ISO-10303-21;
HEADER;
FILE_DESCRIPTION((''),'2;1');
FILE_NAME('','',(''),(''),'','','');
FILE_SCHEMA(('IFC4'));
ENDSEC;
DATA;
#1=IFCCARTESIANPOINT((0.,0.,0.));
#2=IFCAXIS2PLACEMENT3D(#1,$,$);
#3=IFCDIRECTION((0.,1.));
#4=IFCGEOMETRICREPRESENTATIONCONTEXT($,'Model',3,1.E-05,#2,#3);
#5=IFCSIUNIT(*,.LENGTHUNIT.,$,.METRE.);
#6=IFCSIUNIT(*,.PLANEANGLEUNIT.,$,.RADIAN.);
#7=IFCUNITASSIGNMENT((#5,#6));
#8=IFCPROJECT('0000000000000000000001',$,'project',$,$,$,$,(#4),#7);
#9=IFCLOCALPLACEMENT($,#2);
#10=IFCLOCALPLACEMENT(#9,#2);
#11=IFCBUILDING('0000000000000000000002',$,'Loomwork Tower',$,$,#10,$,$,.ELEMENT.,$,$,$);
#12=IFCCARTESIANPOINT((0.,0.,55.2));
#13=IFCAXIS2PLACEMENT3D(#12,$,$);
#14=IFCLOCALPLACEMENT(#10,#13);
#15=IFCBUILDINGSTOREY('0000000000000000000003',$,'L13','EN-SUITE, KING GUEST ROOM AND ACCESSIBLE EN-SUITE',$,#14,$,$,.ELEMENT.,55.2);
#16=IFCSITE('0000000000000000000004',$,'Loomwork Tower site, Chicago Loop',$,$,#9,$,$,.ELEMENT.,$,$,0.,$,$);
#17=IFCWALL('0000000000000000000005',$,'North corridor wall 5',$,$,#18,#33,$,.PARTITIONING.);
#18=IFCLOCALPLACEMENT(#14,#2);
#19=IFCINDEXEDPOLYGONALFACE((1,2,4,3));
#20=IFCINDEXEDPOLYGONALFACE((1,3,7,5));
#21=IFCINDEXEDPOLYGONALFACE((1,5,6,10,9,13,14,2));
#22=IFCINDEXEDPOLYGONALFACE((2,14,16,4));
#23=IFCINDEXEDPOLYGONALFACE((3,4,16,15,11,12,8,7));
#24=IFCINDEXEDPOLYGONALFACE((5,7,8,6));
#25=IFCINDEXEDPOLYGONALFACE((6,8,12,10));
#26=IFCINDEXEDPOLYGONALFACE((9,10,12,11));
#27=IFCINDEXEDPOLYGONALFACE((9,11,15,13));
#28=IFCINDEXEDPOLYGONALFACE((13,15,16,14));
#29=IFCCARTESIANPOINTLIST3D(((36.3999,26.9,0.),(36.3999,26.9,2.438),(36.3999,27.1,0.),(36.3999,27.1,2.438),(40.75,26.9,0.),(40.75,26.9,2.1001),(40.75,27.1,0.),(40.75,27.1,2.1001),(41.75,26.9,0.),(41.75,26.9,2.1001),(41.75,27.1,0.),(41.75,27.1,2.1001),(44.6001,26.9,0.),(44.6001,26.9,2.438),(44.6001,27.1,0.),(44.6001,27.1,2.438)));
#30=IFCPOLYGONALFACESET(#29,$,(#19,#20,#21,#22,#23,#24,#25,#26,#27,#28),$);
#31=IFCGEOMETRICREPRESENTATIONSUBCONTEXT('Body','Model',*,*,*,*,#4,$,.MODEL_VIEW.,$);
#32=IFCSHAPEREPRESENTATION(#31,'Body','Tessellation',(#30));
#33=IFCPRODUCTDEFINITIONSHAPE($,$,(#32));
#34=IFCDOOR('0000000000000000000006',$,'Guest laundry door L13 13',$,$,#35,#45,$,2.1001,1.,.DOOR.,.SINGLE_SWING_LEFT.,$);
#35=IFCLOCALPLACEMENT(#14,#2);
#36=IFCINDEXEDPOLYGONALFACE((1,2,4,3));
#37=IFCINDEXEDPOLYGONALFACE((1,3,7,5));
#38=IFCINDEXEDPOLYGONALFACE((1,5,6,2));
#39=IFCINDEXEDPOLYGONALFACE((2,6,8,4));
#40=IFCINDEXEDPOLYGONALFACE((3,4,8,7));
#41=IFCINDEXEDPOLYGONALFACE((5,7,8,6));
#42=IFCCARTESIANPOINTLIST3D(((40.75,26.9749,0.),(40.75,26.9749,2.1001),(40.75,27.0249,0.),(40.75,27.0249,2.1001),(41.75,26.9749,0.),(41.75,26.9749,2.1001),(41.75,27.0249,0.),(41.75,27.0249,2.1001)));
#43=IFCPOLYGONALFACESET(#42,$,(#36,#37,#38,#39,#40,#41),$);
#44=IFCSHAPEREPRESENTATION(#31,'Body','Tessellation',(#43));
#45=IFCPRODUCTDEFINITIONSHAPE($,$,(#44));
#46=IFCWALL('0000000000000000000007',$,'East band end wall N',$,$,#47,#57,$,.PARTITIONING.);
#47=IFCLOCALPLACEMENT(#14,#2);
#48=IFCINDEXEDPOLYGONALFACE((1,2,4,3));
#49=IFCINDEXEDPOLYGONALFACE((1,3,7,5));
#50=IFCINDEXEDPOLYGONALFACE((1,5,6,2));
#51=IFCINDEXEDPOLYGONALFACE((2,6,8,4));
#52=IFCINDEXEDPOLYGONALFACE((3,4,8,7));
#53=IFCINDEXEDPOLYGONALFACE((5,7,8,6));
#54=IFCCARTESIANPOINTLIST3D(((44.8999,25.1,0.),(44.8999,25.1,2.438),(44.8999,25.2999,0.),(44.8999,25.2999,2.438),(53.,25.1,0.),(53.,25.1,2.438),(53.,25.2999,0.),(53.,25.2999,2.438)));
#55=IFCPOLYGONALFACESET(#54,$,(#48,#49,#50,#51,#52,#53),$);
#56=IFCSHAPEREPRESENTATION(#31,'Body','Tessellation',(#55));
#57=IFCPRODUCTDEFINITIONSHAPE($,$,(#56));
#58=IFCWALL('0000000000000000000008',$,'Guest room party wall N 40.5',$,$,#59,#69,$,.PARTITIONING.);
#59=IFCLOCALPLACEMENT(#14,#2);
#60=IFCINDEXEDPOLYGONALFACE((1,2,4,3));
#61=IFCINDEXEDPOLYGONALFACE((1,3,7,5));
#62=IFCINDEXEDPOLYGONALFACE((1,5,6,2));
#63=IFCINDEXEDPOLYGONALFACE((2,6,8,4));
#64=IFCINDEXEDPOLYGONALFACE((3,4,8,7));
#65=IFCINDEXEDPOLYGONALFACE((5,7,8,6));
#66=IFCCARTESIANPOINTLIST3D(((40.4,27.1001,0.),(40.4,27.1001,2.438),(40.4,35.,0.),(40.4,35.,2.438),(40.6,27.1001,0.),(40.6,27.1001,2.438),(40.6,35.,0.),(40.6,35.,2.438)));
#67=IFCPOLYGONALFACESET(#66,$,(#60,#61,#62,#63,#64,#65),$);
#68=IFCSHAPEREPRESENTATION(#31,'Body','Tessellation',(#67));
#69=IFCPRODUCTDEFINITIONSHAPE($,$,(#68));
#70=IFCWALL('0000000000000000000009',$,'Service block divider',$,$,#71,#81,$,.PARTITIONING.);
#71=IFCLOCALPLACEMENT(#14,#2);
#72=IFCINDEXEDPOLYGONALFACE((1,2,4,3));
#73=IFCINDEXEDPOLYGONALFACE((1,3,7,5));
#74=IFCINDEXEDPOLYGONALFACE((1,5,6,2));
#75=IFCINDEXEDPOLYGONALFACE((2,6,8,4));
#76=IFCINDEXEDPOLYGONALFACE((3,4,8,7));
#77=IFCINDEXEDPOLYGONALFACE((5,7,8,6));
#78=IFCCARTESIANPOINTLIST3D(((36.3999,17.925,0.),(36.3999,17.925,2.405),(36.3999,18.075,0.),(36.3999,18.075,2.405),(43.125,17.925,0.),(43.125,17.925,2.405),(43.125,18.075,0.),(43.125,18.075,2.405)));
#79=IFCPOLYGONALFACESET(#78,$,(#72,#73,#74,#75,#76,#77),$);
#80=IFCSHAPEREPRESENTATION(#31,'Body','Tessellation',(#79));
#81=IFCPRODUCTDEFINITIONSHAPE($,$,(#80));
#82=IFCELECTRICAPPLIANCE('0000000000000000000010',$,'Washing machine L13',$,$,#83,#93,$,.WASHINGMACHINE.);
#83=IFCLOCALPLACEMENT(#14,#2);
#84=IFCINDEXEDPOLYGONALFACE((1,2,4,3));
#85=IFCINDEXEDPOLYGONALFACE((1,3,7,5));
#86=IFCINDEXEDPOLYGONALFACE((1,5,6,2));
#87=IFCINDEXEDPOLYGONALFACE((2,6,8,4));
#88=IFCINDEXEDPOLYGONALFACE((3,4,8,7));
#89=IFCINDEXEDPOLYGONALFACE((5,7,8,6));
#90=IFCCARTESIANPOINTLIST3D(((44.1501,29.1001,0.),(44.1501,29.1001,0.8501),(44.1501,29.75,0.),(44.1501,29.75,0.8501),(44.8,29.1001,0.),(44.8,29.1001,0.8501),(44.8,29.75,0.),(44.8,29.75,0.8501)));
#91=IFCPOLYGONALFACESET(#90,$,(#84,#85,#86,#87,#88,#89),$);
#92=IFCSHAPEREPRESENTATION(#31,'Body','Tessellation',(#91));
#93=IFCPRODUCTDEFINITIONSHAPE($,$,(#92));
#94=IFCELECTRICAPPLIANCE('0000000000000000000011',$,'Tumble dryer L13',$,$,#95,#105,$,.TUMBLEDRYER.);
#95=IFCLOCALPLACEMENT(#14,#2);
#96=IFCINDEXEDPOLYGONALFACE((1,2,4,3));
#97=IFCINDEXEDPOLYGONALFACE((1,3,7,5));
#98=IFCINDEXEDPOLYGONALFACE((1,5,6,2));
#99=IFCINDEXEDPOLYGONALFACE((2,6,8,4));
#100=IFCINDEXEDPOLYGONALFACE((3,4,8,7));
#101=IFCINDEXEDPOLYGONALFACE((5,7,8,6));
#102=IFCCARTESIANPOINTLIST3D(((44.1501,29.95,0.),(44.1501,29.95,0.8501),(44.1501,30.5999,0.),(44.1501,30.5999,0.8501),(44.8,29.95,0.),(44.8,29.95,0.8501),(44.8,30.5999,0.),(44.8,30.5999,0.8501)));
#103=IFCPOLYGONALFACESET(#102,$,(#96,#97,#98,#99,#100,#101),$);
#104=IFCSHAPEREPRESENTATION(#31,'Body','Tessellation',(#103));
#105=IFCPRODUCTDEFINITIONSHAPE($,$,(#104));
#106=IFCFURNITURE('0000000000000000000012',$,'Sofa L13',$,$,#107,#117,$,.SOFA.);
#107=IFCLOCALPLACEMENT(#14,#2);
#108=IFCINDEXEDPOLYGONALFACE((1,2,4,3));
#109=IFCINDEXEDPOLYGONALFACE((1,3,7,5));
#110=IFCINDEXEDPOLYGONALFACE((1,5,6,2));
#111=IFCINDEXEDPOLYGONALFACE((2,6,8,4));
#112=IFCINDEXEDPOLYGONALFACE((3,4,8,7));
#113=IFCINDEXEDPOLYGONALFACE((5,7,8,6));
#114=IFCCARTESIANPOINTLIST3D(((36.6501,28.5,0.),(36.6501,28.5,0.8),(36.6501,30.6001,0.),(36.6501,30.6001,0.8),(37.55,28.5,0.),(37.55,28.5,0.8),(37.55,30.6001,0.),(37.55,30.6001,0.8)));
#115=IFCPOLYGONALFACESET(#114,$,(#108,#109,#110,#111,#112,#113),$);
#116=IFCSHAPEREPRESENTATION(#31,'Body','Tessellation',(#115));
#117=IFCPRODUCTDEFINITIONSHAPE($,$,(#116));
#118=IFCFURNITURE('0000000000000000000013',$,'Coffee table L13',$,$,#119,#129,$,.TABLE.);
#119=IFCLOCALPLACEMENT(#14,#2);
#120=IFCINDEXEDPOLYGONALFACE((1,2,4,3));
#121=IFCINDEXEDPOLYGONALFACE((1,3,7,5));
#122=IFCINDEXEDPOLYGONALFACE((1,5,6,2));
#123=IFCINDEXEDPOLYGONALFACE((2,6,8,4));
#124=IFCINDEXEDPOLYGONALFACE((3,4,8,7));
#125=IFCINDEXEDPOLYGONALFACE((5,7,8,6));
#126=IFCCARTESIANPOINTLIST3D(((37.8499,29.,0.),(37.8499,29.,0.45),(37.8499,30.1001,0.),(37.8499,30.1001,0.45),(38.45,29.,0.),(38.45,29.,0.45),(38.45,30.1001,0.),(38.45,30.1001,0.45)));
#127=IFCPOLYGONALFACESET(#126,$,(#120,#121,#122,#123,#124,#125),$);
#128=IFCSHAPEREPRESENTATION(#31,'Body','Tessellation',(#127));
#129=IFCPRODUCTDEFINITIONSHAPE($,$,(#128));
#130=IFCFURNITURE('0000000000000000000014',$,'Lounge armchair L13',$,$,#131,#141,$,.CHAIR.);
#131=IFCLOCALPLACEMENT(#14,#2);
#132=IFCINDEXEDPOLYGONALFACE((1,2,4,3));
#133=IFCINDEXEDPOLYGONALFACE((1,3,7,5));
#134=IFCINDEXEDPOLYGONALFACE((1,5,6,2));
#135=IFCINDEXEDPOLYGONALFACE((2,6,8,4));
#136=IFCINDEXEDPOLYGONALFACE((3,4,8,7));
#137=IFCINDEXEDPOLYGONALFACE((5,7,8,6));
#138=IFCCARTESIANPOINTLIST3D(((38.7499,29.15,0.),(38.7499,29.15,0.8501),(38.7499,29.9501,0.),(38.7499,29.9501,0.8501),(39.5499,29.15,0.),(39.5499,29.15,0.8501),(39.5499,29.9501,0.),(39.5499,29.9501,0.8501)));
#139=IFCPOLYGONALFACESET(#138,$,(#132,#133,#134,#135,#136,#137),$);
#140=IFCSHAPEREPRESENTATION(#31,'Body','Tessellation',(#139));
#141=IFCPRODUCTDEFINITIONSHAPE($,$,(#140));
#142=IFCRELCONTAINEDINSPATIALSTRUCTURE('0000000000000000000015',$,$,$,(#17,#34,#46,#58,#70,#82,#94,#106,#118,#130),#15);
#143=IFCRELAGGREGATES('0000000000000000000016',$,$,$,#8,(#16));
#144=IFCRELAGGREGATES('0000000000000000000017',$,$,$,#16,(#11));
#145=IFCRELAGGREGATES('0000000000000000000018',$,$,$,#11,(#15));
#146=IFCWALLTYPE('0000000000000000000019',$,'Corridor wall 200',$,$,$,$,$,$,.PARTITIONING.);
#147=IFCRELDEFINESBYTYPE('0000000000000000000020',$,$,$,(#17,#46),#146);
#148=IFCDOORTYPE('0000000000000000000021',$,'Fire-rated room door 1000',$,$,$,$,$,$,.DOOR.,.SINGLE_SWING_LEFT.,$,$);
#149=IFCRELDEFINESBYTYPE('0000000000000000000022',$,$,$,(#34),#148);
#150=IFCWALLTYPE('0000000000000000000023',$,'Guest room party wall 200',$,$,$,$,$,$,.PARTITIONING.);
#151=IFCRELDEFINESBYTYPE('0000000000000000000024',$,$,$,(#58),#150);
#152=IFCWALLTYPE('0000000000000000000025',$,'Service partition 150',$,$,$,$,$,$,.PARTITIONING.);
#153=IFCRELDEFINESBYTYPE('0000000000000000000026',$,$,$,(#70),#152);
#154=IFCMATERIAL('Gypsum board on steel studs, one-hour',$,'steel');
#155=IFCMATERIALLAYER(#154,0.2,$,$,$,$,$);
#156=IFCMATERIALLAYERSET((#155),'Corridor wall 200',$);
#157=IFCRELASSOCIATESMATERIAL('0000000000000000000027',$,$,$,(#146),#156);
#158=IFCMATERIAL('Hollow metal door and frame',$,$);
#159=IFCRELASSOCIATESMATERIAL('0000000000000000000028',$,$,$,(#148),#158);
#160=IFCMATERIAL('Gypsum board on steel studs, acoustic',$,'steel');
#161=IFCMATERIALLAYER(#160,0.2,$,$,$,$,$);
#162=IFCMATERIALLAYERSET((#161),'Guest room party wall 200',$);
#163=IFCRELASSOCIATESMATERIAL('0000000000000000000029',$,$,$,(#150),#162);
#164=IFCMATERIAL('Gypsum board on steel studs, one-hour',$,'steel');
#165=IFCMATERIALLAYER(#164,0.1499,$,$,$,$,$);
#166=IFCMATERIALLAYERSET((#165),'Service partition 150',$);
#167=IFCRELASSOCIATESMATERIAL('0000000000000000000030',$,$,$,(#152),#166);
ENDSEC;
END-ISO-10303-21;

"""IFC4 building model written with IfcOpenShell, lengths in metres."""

from ifc_helpers import new_model, si_unit, direction, frame, frame_2d, origin, origin_2d, place, context, subcontext, project, spatial, rectangle, extrude, material, layer, layer_set, type_object, element, fill, save


model = new_model("IFC4")

# Units and contexts
model_context = context("Model", 3, precision=1e-05, world=origin(), true_north=direction((0.0, 1.0)))
body_context = subcontext(model_context, "Body", "Model", "MODEL_VIEW")
ifc_project = project(units=[si_unit("LENGTHUNIT", "METRE"), si_unit("PLANEANGLEUNIT", "RADIAN")], contexts=[model_context])

# Site, building, storey
site_placement = place(None, origin())
site = spatial("IfcSite", under=ifc_project, at=site_placement, Name="Loomwork Tower site, Chicago Loop", CompositionType="ELEMENT", RefElevation=0.0)
building_placement = place(site_placement, origin())
building = spatial("IfcBuilding", under=site, at=building_placement, Name="Loomwork Tower", CompositionType="ELEMENT")
storey_placement = place(building_placement, frame((0.0, 0.0, 55.2)))
storey = spatial("IfcBuildingStorey", under=building, at=storey_placement, Name="L13", Description="EN-SUITE, KING GUEST ROOM AND ACCESSIBLE EN-SUITE", CompositionType="ELEMENT", Elevation=55.2)

# Wall, opening, door
ifc_material_1 = material(Name="Gypsum board on steel studs, one-hour", Category="steel")
ifc_layer_1 = layer(ifc_material_1, 0.2)
ifc_layer_set_1 = layer_set([ifc_layer_1], Name="Corridor wall 200")
wall_type_1 = type_object("IfcWallType", Name="Corridor wall 200", PredefinedType="PARTITIONING", material=ifc_layer_set_1)
wall_1_placement = place(storey_placement, frame((36.3999, 27.0, 0.0), z_axis=(0.0, 0.0, 1.0), x_axis=(1.0, 0.0, 0.0)))
wall_1 = element("IfcWall", 1, at=wall_1_placement, inside=storey, type_object=wall_type_1, Name="North corridor wall 5", PredefinedType="PARTITIONING", context=body_context, shape_type="SweptSolid", body=[
    extrude(rectangle(XDim=8.2002, YDim=0.2, at=frame_2d((4.1001, 0.0))), origin(), (0.0, 0.0, 1.0), 2.438),
])
opening_placement = place(wall_1_placement, frame((4.3501, 0.0, 0.0)))
opening = element("IfcOpeningElement", 2, at=opening_placement, cuts=wall_1, PredefinedType="OPENING", context=body_context, shape_type="SweptSolid", body=[
    extrude(rectangle(XDim=1.0, YDim=2.1001, at=frame_2d((0.5, 1.05))), frame((0.0, 0.1099, 0.0), z_axis=(0.0, -1.0, 0.0), x_axis=(1.0, 0.0, 0.0)), (0.0, 0.0, 1.0), 0.22),
])
ifc_material_2 = material(Name="Hollow metal door and frame")
door_type = type_object("IfcDoorType", Name="Fire-rated room door 1000", OperationType="SINGLE_SWING_LEFT", PredefinedType="DOOR", material=ifc_material_2)
door_placement = place(opening_placement, origin())
door = element("IfcDoor", 3, at=door_placement, inside=storey, type_object=door_type, Name="Guest laundry door L13 13", OperationType="SINGLE_SWING_LEFT", OverallHeight=2.1001, OverallWidth=1.0, PredefinedType="DOOR", context=body_context, shape_type="SweptSolid", body=[
    extrude(rectangle(XDim=1.0, YDim=2.1001, at=frame_2d((0.5, 1.05))), frame((0.0, 0.0249, 0.0), z_axis=(0.0, -1.0, 0.0), x_axis=(1.0, 0.0, 0.0)), (0.0, 0.0, 1.0), 0.05),
])
fill(opening, door)

# Walls
wall_2_placement = place(storey_placement, frame((44.8999, 25.2, 0.0), z_axis=(0.0, 0.0, 1.0), x_axis=(1.0, 0.0, 0.0)))
element("IfcWall", 4, at=wall_2_placement, inside=storey, type_object=wall_type_1, Name="East band end wall N", PredefinedType="PARTITIONING", context=body_context, shape_type="SweptSolid", body=[
    extrude(rectangle(XDim=8.1001, YDim=0.2, at=frame_2d((4.05, 0.0))), origin(), (0.0, 0.0, 1.0), 2.438),
])
ifc_material_3 = material(Name="Gypsum board on steel studs, acoustic", Category="steel")
ifc_layer_2 = layer(ifc_material_3, 0.2)
ifc_layer_set_2 = layer_set([ifc_layer_2], Name="Guest room party wall 200")
wall_type_2 = type_object("IfcWallType", Name="Guest room party wall 200", PredefinedType="PARTITIONING", material=ifc_layer_set_2)
wall_3_placement = place(storey_placement, frame((40.5, 27.1001, 0.0), z_axis=(0.0, 0.0, 1.0), x_axis=(0.0, 1.0, 0.0)))
element("IfcWall", 5, at=wall_3_placement, inside=storey, type_object=wall_type_2, Name="Guest room party wall N 40.5", PredefinedType="PARTITIONING", context=body_context, shape_type="SweptSolid", body=[
    extrude(rectangle(XDim=7.8999, YDim=0.2, at=frame_2d((3.95, 0.0))), origin(), (0.0, 0.0, 1.0), 2.438),
])
ifc_material_4 = material(Name="Gypsum board on steel studs, one-hour", Category="steel")
ifc_layer_3 = layer(ifc_material_4, 0.1499)
ifc_layer_set_3 = layer_set([ifc_layer_3], Name="Service partition 150")
wall_type_3 = type_object("IfcWallType", Name="Service partition 150", PredefinedType="PARTITIONING", material=ifc_layer_set_3)
wall_4_placement = place(storey_placement, frame((36.3999, 18.0, 0.0), z_axis=(0.0, 0.0, 1.0), x_axis=(1.0, 0.0, 0.0)))
element("IfcWall", 6, at=wall_4_placement, inside=storey, type_object=wall_type_3, Name="Service block divider", PredefinedType="PARTITIONING", context=body_context, shape_type="SweptSolid", body=[
    extrude(rectangle(XDim=6.7251, YDim=0.1499, at=frame_2d((3.3625, 0.0))), origin(), (0.0, 0.0, 1.0), 2.405),
])

# Electric appliances
electric_appliance_1_placement = place(storey_placement, frame((44.4751, 29.425, 0.0), z_axis=(0.0, 0.0, 1.0), x_axis=(1.0, 0.0, 0.0)))
element("IfcElectricAppliance", 7, at=electric_appliance_1_placement, inside=storey, Name="Washing machine L13", PredefinedType="WASHINGMACHINE", context=body_context, shape_type="SweptSolid", body=[
    extrude(rectangle(XDim=0.6499, YDim=0.6499, at=origin_2d()), origin(), (0.0, 0.0, 1.0), 0.8501),
])
electric_appliance_2_placement = place(storey_placement, frame((44.4751, 30.2749, 0.0), z_axis=(0.0, 0.0, 1.0), x_axis=(1.0, 0.0, 0.0)))
element("IfcElectricAppliance", 8, at=electric_appliance_2_placement, inside=storey, Name="Tumble dryer L13", PredefinedType="TUMBLEDRYER", context=body_context, shape_type="SweptSolid", body=[
    extrude(rectangle(XDim=0.6499, YDim=0.6499, at=origin_2d()), origin(), (0.0, 0.0, 1.0), 0.8501),
])

# Furniture
furniture_1_placement = place(storey_placement, frame((37.1001, 29.55, 0.0), z_axis=(0.0, 0.0, 1.0), x_axis=(1.0, 0.0, 0.0)))
element("IfcFurniture", 9, at=furniture_1_placement, inside=storey, Name="Sofa L13", PredefinedType="SOFA", context=body_context, shape_type="SweptSolid", body=[
    extrude(rectangle(XDim=0.8999, YDim=2.1001, at=origin_2d()), origin(), (0.0, 0.0, 1.0), 0.8),
])
furniture_2_placement = place(storey_placement, frame((38.1499, 29.55, 0.0), z_axis=(0.0, 0.0, 1.0), x_axis=(1.0, 0.0, 0.0)))
element("IfcFurniture", 10, at=furniture_2_placement, inside=storey, Name="Coffee table L13", PredefinedType="TABLE", context=body_context, shape_type="SweptSolid", body=[
    extrude(rectangle(XDim=0.6001, YDim=1.1001, at=origin_2d()), origin(), (0.0, 0.0, 1.0), 0.45),
])
furniture_3_placement = place(storey_placement, frame((39.1499, 29.55, 0.0), z_axis=(0.0, 0.0, 1.0), x_axis=(1.0, 0.0, 0.0)))
element("IfcFurniture", 11, at=furniture_3_placement, inside=storey, Name="Lounge armchair L13", PredefinedType="CHAIR", context=body_context, shape_type="SweptSolid", body=[
    extrude(rectangle(XDim=0.8, YDim=0.8, at=origin_2d()), origin(), (0.0, 0.0, 1.0), 0.8501),
])

save(model, "model.ifc")
